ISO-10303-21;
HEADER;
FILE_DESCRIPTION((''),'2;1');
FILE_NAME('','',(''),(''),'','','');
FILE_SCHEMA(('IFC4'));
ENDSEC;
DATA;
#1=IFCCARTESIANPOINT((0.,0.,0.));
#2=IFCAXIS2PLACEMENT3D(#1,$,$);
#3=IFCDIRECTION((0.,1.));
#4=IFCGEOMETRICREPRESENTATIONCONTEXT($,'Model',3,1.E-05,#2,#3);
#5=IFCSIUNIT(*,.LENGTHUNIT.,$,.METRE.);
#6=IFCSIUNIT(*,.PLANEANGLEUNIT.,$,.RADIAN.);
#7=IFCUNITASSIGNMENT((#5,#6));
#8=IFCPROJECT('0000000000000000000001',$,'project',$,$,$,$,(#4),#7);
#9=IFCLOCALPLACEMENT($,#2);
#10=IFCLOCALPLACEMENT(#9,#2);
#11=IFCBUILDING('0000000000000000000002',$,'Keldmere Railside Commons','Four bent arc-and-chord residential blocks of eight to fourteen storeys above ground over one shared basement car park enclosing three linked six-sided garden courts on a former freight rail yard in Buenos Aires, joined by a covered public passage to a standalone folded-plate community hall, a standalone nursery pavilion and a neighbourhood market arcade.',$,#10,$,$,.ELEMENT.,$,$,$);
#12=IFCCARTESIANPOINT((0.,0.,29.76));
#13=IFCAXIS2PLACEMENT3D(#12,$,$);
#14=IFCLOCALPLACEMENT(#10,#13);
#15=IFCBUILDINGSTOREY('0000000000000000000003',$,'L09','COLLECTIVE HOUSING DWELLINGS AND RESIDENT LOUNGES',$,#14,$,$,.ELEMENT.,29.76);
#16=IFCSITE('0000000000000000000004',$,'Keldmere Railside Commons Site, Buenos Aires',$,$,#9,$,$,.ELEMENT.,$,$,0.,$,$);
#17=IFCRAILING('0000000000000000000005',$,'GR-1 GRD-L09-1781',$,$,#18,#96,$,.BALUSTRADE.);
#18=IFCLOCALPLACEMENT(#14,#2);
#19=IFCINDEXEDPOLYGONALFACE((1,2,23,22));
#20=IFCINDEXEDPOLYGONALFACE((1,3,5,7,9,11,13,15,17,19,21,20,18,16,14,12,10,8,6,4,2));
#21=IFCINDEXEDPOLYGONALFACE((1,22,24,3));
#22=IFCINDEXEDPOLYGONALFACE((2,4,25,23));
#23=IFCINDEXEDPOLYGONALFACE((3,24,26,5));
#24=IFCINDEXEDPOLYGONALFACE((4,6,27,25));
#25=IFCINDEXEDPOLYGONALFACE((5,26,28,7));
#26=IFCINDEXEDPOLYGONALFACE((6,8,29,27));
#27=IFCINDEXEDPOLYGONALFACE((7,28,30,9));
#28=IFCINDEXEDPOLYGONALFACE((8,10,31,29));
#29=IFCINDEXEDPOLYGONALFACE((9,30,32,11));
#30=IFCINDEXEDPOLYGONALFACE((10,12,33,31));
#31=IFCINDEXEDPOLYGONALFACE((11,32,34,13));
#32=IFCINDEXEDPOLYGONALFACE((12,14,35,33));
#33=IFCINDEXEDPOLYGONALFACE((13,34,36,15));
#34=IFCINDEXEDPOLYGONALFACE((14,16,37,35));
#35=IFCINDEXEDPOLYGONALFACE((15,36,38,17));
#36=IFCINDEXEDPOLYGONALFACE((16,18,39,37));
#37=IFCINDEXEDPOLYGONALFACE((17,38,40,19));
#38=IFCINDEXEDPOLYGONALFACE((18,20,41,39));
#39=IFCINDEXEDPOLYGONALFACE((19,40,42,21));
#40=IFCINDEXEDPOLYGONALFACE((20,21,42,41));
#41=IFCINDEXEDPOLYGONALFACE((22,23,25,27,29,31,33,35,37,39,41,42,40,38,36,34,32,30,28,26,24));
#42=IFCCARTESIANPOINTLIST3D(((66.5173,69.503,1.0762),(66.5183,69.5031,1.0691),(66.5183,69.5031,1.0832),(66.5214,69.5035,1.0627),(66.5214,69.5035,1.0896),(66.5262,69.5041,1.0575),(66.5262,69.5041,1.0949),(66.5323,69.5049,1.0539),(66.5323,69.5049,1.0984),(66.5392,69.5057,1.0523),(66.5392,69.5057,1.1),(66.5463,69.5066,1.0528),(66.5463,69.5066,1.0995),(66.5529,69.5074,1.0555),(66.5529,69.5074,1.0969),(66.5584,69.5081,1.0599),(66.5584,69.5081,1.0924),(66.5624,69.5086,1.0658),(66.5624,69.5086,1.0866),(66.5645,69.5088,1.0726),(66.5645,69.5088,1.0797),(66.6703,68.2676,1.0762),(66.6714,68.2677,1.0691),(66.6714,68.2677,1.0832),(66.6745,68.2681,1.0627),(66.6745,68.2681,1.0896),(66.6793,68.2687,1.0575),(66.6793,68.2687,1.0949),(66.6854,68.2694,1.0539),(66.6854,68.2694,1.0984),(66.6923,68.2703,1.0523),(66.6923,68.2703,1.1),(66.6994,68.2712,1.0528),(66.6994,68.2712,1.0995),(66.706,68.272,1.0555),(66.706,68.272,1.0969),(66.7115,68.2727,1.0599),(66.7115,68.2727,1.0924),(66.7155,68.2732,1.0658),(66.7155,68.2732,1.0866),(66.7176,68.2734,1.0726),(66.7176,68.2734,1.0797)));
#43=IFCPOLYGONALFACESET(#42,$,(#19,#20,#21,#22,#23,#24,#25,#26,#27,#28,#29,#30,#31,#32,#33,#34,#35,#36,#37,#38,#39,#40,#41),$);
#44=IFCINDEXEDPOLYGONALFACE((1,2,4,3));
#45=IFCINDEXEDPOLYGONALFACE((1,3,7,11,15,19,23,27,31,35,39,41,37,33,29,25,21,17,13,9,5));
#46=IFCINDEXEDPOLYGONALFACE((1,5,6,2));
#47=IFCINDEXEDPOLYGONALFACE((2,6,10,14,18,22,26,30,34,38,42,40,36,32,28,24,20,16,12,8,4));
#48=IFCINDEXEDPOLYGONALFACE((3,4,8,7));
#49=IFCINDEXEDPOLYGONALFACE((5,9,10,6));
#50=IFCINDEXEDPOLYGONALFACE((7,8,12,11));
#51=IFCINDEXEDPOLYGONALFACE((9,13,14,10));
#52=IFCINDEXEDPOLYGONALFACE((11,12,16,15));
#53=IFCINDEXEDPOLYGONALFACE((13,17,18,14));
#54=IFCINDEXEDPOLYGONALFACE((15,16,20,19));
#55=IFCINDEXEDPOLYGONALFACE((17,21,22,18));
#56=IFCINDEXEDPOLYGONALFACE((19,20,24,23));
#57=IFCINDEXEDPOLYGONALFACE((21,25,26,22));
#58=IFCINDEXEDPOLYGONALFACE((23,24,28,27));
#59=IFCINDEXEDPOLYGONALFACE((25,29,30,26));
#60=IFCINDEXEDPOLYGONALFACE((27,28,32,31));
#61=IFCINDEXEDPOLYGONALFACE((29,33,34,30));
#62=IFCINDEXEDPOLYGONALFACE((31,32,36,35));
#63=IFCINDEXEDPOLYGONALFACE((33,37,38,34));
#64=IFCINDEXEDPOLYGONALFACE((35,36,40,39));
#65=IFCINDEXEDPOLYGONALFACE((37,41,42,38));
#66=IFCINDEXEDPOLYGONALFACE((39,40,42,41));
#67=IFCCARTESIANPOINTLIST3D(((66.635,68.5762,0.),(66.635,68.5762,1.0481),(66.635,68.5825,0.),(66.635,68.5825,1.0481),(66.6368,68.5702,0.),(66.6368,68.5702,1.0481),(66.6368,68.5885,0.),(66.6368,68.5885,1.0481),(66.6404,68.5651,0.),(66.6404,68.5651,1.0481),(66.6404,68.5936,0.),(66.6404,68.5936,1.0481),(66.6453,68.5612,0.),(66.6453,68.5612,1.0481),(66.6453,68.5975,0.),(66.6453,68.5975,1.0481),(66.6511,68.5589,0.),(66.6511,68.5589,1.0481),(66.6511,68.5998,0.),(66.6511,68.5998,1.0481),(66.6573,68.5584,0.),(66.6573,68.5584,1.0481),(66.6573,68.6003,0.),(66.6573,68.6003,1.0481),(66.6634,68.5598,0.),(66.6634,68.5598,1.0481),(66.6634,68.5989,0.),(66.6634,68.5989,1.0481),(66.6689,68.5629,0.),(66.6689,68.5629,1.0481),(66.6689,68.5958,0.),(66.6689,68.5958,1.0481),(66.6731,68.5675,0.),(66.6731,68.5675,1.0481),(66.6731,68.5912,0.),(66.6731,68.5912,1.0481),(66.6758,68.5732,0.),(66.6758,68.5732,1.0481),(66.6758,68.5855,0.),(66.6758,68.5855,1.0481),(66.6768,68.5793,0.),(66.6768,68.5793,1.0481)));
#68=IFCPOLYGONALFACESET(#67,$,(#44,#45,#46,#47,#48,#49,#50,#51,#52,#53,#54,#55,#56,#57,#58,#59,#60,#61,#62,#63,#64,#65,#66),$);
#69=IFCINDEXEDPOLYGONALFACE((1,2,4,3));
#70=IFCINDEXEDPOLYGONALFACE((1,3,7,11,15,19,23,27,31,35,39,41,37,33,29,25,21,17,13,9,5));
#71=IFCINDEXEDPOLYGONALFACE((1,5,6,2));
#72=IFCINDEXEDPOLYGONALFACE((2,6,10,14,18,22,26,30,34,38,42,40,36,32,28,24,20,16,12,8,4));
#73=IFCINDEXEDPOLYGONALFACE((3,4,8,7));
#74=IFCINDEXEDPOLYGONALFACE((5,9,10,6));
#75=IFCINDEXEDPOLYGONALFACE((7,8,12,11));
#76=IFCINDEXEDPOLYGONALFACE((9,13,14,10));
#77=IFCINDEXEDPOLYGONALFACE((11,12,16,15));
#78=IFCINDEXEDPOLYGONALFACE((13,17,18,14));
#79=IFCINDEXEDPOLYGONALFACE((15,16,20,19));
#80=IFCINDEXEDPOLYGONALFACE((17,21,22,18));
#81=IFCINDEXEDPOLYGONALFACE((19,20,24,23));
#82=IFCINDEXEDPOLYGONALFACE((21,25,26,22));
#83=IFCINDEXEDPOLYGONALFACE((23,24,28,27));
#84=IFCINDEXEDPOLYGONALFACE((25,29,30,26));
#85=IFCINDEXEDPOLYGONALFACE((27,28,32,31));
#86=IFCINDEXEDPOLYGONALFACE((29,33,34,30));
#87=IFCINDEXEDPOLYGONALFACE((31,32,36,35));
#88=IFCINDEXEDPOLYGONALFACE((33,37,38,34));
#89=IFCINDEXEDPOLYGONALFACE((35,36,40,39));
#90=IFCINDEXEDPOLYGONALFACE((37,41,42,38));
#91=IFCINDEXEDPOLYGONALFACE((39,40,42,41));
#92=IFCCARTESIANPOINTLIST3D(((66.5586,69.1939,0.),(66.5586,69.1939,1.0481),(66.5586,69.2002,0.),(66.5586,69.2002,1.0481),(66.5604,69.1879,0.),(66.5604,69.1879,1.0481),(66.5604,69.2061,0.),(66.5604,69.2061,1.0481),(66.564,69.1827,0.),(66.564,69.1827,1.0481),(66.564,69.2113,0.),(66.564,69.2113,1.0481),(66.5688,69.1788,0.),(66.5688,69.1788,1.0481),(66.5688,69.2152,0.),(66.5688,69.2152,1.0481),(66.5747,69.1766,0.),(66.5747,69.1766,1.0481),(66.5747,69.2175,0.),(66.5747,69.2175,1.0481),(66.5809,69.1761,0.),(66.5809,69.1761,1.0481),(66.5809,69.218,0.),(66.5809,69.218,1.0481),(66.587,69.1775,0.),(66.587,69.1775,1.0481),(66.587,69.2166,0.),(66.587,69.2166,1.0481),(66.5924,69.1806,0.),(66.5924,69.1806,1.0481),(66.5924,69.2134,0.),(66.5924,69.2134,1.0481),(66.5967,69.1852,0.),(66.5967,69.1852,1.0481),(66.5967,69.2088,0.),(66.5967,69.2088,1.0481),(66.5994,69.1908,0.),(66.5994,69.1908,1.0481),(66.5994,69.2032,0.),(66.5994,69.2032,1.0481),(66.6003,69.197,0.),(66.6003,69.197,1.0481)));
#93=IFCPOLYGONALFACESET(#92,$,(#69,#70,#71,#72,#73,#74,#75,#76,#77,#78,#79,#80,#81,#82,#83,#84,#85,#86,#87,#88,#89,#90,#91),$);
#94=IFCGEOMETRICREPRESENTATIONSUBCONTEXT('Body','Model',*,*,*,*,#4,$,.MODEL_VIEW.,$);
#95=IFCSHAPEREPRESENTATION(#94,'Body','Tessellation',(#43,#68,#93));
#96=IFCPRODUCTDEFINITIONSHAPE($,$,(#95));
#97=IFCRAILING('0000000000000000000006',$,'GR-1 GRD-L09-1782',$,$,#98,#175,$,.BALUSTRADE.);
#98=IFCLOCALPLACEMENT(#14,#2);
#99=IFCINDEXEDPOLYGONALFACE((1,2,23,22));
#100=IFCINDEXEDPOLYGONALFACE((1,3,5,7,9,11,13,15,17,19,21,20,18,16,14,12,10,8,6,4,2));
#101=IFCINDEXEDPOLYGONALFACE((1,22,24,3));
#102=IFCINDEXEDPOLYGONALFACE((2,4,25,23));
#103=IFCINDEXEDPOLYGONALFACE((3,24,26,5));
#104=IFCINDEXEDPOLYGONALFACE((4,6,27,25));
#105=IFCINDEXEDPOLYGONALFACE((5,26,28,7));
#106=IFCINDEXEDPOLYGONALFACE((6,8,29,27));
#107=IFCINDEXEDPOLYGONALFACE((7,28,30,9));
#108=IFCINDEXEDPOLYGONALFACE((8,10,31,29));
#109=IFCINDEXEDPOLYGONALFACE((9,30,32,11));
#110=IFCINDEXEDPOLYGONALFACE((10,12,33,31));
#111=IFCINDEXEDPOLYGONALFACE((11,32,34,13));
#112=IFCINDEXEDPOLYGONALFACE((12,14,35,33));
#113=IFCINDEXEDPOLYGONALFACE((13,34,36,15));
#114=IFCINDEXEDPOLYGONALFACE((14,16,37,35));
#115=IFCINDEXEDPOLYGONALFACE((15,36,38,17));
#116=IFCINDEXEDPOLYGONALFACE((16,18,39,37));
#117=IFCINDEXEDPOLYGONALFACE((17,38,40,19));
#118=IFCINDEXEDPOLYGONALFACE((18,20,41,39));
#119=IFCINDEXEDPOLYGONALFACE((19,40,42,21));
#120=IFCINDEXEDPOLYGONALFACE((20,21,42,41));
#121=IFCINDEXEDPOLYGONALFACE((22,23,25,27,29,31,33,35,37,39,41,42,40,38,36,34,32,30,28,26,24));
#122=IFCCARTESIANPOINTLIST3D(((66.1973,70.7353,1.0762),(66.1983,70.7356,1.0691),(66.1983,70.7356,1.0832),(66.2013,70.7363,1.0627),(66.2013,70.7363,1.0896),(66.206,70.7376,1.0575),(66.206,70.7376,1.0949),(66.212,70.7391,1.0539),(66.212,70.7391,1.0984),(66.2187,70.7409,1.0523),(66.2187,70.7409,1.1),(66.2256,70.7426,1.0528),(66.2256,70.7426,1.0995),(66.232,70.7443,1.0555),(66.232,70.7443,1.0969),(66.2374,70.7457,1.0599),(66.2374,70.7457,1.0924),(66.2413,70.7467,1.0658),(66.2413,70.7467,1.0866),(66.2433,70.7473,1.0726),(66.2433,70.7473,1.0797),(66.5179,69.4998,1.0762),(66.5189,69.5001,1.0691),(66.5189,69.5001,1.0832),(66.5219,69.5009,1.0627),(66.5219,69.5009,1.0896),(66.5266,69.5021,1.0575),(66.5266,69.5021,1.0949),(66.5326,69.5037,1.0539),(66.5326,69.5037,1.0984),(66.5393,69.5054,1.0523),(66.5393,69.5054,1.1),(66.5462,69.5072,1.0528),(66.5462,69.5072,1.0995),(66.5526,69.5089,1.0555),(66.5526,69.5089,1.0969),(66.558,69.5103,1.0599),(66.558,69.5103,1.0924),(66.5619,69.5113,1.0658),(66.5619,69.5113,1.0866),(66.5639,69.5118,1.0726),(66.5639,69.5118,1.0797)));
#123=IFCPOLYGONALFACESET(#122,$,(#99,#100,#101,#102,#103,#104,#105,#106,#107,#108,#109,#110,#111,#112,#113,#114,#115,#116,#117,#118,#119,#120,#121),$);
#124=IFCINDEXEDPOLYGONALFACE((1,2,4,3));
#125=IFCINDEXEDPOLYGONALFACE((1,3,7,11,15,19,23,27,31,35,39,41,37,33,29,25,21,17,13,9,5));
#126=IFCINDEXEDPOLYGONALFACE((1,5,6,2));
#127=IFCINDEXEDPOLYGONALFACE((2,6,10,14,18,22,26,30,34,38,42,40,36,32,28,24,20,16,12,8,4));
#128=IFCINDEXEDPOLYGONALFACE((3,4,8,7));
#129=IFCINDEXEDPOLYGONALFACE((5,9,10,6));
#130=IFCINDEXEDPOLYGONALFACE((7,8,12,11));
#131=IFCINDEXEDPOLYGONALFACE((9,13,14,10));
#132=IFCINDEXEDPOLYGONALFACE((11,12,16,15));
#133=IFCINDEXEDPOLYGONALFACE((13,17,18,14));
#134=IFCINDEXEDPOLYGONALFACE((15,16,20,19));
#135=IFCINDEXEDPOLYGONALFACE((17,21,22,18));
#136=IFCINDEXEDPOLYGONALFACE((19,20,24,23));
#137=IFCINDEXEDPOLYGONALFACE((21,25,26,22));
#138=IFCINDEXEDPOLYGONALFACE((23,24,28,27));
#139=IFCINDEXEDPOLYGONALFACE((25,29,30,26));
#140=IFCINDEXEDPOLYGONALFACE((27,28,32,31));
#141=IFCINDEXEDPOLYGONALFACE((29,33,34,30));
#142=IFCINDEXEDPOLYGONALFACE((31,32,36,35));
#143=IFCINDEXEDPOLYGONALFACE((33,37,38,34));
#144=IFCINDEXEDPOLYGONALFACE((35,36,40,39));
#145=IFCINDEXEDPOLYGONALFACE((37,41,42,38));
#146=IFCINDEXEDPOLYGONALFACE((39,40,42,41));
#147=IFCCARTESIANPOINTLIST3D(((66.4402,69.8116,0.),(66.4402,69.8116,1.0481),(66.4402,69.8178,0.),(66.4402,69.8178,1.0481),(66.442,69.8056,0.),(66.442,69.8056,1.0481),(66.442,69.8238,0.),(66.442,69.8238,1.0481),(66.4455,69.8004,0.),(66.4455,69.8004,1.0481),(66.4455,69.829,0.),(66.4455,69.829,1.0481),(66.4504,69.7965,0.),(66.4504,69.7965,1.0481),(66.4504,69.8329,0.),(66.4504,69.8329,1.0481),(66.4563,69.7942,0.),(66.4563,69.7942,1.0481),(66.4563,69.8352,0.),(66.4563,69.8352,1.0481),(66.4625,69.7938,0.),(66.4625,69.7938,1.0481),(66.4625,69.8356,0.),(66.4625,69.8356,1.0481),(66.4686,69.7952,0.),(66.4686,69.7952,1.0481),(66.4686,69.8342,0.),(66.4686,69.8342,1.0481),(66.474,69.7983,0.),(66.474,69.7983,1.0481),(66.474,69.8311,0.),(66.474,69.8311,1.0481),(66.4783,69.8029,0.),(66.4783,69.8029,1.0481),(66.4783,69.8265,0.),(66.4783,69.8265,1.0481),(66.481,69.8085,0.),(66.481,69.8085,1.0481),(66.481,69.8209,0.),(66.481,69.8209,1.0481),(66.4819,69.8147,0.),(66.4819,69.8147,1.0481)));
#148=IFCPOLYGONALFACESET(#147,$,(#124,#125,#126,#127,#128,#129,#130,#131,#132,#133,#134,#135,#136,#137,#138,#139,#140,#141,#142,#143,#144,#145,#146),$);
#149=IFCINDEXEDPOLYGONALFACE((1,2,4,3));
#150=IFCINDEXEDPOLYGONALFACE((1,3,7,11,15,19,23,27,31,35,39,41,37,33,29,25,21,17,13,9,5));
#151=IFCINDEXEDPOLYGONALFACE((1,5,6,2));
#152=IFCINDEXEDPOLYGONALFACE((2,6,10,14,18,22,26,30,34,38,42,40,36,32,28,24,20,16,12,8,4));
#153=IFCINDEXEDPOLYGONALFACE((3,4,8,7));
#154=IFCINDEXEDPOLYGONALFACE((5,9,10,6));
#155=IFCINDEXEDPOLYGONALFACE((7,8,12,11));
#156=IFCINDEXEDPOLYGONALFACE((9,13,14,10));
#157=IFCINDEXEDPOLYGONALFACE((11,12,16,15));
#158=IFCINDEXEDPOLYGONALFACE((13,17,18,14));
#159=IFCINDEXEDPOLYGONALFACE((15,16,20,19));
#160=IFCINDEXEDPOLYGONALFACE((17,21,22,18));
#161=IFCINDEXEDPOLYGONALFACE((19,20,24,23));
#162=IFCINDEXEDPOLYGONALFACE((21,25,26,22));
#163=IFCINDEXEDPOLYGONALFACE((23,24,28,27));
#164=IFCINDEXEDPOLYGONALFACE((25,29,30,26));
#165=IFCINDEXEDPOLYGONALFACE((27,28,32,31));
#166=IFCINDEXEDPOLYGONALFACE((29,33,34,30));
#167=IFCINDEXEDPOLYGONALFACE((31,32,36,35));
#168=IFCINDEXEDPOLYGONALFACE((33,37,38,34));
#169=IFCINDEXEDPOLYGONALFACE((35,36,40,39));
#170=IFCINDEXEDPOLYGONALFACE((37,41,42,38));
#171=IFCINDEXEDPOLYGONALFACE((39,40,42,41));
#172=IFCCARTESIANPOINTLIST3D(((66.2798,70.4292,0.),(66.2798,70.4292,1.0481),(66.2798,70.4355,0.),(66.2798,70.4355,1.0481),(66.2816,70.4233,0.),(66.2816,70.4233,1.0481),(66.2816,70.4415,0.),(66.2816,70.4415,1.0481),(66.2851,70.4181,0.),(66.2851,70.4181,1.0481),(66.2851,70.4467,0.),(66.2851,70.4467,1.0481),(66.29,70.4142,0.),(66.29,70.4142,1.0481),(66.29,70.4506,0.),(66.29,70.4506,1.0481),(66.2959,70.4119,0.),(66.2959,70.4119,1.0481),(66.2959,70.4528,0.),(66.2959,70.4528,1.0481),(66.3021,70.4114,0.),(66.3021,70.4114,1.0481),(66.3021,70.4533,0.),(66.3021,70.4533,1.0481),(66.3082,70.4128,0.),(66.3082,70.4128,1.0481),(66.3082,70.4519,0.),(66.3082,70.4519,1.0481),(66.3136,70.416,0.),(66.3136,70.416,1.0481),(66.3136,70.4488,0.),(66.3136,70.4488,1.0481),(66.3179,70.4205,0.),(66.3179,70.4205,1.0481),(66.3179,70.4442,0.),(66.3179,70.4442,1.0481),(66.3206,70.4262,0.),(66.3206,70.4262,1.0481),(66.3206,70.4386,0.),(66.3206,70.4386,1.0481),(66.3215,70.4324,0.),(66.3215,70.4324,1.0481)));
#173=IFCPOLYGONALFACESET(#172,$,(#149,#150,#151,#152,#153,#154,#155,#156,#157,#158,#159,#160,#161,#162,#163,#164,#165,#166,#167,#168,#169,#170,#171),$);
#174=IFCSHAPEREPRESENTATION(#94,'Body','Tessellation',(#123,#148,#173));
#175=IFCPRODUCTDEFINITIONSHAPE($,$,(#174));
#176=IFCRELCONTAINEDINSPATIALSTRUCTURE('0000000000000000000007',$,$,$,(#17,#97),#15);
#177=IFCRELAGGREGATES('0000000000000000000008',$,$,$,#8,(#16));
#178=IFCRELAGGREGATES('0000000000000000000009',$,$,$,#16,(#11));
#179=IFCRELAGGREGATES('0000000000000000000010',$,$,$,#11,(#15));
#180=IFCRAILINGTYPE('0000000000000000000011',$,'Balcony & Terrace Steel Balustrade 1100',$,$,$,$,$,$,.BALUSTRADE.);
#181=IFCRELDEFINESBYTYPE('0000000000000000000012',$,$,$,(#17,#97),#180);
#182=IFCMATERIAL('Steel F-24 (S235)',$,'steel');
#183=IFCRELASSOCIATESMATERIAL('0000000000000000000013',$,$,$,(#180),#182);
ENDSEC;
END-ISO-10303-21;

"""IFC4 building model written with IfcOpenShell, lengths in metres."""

from ifc_helpers import new_model, si_unit, direction, frame, origin, origin_2d, place, context, subcontext, project, spatial, circle, extrude, material, type_object, element, save


model = new_model("IFC4")

# Units and contexts
model_context = context("Model", 3, precision=1e-05, world=origin(), true_north=direction((0.0, 1.0)))
body_context = subcontext(model_context, "Body", "Model", "MODEL_VIEW")
ifc_project = project(units=[si_unit("LENGTHUNIT", "METRE"), si_unit("PLANEANGLEUNIT", "RADIAN")], contexts=[model_context])

# Site, building, storey
site_placement = place(None, origin())
site = spatial("IfcSite", under=ifc_project, at=site_placement, Name="Keldmere Railside Commons Site, Buenos Aires", CompositionType="ELEMENT", RefElevation=0.0)
building_placement = place(site_placement, origin())
building = spatial("IfcBuilding", under=site, at=building_placement, Name="Keldmere Railside Commons", Description="Four bent arc-and-chord residential blocks of eight to fourteen storeys above ground over one shared basement car park enclosing three linked six-sided garden courts on a former freight rail yard in Buenos Aires, joined by a covered public passage to a standalone folded-plate community hall, a standalone nursery pavilion and a neighbourhood market arcade.", CompositionType="ELEMENT")
storey_placement = place(building_placement, frame((0.0, 0.0, 29.76)))
storey = spatial("IfcBuildingStorey", under=building, at=storey_placement, Name="L09", Description="COLLECTIVE HOUSING DWELLINGS AND RESIDENT LOUNGES", CompositionType="ELEMENT", Elevation=29.76)

# Railings
ifc_material_1 = material(Name="Steel F-24 (S235)", Category="steel")
railing_type = type_object("IfcRailingType", Name="Balcony & Terrace Steel Balustrade 1100", PredefinedType="BALUSTRADE", material=ifc_material_1)
railing_1_placement = place(storey_placement, frame((66.6941, 68.2705, 0.0)))
element("IfcRailing", 1, at=railing_1_placement, inside=storey, type_object=railing_type, Name="GR-1 GRD-L09-1781", PredefinedType="BALUSTRADE", context=body_context, shape_type="SweptSolid", body=[
    extrude(circle(Radius=0.0239, at=origin_2d()), frame((0.0, 0.0, 1.0762), z_axis=(-0.122973, 0.99241, 0.0), x_axis=(-0.99241, -0.122973, 0.0)), (0.0, 0.0, 1.0), 1.2449),
    extrude(circle(Radius=0.021, at=origin_2d()), frame((-0.0383, 0.3088, 0.0)), (0.0, 0.0, 1.0), 1.0481),
    extrude(circle(Radius=0.021, at=origin_2d()), frame((-0.1147, 0.9265, 0.0)), (0.0, 0.0, 1.0), 1.0481),
])
railing_2_placement = place(storey_placement, frame((66.541, 69.5059, 0.0)))
element("IfcRailing", 2, at=railing_2_placement, inside=storey, type_object=railing_type, Name="GR-1 GRD-L09-1782", PredefinedType="BALUSTRADE", context=body_context, shape_type="SweptSolid", body=[
    extrude(circle(Radius=0.0239, at=origin_2d()), frame((0.0, 0.0, 1.0762), z_axis=(-0.251168, 0.967944, 0.0), x_axis=(-0.967944, -0.251168, 0.0)), (0.0, 0.0, 1.0), 1.2764),
    extrude(circle(Radius=0.021, at=origin_2d()), frame((-0.0801, 0.3088, 0.0)), (0.0, 0.0, 1.0), 1.0481),
    extrude(circle(Radius=0.021, at=origin_2d()), frame((-0.2405, 0.9265, 0.0)), (0.0, 0.0, 1.0), 1.0481),
])

save(model, "model.ifc")
